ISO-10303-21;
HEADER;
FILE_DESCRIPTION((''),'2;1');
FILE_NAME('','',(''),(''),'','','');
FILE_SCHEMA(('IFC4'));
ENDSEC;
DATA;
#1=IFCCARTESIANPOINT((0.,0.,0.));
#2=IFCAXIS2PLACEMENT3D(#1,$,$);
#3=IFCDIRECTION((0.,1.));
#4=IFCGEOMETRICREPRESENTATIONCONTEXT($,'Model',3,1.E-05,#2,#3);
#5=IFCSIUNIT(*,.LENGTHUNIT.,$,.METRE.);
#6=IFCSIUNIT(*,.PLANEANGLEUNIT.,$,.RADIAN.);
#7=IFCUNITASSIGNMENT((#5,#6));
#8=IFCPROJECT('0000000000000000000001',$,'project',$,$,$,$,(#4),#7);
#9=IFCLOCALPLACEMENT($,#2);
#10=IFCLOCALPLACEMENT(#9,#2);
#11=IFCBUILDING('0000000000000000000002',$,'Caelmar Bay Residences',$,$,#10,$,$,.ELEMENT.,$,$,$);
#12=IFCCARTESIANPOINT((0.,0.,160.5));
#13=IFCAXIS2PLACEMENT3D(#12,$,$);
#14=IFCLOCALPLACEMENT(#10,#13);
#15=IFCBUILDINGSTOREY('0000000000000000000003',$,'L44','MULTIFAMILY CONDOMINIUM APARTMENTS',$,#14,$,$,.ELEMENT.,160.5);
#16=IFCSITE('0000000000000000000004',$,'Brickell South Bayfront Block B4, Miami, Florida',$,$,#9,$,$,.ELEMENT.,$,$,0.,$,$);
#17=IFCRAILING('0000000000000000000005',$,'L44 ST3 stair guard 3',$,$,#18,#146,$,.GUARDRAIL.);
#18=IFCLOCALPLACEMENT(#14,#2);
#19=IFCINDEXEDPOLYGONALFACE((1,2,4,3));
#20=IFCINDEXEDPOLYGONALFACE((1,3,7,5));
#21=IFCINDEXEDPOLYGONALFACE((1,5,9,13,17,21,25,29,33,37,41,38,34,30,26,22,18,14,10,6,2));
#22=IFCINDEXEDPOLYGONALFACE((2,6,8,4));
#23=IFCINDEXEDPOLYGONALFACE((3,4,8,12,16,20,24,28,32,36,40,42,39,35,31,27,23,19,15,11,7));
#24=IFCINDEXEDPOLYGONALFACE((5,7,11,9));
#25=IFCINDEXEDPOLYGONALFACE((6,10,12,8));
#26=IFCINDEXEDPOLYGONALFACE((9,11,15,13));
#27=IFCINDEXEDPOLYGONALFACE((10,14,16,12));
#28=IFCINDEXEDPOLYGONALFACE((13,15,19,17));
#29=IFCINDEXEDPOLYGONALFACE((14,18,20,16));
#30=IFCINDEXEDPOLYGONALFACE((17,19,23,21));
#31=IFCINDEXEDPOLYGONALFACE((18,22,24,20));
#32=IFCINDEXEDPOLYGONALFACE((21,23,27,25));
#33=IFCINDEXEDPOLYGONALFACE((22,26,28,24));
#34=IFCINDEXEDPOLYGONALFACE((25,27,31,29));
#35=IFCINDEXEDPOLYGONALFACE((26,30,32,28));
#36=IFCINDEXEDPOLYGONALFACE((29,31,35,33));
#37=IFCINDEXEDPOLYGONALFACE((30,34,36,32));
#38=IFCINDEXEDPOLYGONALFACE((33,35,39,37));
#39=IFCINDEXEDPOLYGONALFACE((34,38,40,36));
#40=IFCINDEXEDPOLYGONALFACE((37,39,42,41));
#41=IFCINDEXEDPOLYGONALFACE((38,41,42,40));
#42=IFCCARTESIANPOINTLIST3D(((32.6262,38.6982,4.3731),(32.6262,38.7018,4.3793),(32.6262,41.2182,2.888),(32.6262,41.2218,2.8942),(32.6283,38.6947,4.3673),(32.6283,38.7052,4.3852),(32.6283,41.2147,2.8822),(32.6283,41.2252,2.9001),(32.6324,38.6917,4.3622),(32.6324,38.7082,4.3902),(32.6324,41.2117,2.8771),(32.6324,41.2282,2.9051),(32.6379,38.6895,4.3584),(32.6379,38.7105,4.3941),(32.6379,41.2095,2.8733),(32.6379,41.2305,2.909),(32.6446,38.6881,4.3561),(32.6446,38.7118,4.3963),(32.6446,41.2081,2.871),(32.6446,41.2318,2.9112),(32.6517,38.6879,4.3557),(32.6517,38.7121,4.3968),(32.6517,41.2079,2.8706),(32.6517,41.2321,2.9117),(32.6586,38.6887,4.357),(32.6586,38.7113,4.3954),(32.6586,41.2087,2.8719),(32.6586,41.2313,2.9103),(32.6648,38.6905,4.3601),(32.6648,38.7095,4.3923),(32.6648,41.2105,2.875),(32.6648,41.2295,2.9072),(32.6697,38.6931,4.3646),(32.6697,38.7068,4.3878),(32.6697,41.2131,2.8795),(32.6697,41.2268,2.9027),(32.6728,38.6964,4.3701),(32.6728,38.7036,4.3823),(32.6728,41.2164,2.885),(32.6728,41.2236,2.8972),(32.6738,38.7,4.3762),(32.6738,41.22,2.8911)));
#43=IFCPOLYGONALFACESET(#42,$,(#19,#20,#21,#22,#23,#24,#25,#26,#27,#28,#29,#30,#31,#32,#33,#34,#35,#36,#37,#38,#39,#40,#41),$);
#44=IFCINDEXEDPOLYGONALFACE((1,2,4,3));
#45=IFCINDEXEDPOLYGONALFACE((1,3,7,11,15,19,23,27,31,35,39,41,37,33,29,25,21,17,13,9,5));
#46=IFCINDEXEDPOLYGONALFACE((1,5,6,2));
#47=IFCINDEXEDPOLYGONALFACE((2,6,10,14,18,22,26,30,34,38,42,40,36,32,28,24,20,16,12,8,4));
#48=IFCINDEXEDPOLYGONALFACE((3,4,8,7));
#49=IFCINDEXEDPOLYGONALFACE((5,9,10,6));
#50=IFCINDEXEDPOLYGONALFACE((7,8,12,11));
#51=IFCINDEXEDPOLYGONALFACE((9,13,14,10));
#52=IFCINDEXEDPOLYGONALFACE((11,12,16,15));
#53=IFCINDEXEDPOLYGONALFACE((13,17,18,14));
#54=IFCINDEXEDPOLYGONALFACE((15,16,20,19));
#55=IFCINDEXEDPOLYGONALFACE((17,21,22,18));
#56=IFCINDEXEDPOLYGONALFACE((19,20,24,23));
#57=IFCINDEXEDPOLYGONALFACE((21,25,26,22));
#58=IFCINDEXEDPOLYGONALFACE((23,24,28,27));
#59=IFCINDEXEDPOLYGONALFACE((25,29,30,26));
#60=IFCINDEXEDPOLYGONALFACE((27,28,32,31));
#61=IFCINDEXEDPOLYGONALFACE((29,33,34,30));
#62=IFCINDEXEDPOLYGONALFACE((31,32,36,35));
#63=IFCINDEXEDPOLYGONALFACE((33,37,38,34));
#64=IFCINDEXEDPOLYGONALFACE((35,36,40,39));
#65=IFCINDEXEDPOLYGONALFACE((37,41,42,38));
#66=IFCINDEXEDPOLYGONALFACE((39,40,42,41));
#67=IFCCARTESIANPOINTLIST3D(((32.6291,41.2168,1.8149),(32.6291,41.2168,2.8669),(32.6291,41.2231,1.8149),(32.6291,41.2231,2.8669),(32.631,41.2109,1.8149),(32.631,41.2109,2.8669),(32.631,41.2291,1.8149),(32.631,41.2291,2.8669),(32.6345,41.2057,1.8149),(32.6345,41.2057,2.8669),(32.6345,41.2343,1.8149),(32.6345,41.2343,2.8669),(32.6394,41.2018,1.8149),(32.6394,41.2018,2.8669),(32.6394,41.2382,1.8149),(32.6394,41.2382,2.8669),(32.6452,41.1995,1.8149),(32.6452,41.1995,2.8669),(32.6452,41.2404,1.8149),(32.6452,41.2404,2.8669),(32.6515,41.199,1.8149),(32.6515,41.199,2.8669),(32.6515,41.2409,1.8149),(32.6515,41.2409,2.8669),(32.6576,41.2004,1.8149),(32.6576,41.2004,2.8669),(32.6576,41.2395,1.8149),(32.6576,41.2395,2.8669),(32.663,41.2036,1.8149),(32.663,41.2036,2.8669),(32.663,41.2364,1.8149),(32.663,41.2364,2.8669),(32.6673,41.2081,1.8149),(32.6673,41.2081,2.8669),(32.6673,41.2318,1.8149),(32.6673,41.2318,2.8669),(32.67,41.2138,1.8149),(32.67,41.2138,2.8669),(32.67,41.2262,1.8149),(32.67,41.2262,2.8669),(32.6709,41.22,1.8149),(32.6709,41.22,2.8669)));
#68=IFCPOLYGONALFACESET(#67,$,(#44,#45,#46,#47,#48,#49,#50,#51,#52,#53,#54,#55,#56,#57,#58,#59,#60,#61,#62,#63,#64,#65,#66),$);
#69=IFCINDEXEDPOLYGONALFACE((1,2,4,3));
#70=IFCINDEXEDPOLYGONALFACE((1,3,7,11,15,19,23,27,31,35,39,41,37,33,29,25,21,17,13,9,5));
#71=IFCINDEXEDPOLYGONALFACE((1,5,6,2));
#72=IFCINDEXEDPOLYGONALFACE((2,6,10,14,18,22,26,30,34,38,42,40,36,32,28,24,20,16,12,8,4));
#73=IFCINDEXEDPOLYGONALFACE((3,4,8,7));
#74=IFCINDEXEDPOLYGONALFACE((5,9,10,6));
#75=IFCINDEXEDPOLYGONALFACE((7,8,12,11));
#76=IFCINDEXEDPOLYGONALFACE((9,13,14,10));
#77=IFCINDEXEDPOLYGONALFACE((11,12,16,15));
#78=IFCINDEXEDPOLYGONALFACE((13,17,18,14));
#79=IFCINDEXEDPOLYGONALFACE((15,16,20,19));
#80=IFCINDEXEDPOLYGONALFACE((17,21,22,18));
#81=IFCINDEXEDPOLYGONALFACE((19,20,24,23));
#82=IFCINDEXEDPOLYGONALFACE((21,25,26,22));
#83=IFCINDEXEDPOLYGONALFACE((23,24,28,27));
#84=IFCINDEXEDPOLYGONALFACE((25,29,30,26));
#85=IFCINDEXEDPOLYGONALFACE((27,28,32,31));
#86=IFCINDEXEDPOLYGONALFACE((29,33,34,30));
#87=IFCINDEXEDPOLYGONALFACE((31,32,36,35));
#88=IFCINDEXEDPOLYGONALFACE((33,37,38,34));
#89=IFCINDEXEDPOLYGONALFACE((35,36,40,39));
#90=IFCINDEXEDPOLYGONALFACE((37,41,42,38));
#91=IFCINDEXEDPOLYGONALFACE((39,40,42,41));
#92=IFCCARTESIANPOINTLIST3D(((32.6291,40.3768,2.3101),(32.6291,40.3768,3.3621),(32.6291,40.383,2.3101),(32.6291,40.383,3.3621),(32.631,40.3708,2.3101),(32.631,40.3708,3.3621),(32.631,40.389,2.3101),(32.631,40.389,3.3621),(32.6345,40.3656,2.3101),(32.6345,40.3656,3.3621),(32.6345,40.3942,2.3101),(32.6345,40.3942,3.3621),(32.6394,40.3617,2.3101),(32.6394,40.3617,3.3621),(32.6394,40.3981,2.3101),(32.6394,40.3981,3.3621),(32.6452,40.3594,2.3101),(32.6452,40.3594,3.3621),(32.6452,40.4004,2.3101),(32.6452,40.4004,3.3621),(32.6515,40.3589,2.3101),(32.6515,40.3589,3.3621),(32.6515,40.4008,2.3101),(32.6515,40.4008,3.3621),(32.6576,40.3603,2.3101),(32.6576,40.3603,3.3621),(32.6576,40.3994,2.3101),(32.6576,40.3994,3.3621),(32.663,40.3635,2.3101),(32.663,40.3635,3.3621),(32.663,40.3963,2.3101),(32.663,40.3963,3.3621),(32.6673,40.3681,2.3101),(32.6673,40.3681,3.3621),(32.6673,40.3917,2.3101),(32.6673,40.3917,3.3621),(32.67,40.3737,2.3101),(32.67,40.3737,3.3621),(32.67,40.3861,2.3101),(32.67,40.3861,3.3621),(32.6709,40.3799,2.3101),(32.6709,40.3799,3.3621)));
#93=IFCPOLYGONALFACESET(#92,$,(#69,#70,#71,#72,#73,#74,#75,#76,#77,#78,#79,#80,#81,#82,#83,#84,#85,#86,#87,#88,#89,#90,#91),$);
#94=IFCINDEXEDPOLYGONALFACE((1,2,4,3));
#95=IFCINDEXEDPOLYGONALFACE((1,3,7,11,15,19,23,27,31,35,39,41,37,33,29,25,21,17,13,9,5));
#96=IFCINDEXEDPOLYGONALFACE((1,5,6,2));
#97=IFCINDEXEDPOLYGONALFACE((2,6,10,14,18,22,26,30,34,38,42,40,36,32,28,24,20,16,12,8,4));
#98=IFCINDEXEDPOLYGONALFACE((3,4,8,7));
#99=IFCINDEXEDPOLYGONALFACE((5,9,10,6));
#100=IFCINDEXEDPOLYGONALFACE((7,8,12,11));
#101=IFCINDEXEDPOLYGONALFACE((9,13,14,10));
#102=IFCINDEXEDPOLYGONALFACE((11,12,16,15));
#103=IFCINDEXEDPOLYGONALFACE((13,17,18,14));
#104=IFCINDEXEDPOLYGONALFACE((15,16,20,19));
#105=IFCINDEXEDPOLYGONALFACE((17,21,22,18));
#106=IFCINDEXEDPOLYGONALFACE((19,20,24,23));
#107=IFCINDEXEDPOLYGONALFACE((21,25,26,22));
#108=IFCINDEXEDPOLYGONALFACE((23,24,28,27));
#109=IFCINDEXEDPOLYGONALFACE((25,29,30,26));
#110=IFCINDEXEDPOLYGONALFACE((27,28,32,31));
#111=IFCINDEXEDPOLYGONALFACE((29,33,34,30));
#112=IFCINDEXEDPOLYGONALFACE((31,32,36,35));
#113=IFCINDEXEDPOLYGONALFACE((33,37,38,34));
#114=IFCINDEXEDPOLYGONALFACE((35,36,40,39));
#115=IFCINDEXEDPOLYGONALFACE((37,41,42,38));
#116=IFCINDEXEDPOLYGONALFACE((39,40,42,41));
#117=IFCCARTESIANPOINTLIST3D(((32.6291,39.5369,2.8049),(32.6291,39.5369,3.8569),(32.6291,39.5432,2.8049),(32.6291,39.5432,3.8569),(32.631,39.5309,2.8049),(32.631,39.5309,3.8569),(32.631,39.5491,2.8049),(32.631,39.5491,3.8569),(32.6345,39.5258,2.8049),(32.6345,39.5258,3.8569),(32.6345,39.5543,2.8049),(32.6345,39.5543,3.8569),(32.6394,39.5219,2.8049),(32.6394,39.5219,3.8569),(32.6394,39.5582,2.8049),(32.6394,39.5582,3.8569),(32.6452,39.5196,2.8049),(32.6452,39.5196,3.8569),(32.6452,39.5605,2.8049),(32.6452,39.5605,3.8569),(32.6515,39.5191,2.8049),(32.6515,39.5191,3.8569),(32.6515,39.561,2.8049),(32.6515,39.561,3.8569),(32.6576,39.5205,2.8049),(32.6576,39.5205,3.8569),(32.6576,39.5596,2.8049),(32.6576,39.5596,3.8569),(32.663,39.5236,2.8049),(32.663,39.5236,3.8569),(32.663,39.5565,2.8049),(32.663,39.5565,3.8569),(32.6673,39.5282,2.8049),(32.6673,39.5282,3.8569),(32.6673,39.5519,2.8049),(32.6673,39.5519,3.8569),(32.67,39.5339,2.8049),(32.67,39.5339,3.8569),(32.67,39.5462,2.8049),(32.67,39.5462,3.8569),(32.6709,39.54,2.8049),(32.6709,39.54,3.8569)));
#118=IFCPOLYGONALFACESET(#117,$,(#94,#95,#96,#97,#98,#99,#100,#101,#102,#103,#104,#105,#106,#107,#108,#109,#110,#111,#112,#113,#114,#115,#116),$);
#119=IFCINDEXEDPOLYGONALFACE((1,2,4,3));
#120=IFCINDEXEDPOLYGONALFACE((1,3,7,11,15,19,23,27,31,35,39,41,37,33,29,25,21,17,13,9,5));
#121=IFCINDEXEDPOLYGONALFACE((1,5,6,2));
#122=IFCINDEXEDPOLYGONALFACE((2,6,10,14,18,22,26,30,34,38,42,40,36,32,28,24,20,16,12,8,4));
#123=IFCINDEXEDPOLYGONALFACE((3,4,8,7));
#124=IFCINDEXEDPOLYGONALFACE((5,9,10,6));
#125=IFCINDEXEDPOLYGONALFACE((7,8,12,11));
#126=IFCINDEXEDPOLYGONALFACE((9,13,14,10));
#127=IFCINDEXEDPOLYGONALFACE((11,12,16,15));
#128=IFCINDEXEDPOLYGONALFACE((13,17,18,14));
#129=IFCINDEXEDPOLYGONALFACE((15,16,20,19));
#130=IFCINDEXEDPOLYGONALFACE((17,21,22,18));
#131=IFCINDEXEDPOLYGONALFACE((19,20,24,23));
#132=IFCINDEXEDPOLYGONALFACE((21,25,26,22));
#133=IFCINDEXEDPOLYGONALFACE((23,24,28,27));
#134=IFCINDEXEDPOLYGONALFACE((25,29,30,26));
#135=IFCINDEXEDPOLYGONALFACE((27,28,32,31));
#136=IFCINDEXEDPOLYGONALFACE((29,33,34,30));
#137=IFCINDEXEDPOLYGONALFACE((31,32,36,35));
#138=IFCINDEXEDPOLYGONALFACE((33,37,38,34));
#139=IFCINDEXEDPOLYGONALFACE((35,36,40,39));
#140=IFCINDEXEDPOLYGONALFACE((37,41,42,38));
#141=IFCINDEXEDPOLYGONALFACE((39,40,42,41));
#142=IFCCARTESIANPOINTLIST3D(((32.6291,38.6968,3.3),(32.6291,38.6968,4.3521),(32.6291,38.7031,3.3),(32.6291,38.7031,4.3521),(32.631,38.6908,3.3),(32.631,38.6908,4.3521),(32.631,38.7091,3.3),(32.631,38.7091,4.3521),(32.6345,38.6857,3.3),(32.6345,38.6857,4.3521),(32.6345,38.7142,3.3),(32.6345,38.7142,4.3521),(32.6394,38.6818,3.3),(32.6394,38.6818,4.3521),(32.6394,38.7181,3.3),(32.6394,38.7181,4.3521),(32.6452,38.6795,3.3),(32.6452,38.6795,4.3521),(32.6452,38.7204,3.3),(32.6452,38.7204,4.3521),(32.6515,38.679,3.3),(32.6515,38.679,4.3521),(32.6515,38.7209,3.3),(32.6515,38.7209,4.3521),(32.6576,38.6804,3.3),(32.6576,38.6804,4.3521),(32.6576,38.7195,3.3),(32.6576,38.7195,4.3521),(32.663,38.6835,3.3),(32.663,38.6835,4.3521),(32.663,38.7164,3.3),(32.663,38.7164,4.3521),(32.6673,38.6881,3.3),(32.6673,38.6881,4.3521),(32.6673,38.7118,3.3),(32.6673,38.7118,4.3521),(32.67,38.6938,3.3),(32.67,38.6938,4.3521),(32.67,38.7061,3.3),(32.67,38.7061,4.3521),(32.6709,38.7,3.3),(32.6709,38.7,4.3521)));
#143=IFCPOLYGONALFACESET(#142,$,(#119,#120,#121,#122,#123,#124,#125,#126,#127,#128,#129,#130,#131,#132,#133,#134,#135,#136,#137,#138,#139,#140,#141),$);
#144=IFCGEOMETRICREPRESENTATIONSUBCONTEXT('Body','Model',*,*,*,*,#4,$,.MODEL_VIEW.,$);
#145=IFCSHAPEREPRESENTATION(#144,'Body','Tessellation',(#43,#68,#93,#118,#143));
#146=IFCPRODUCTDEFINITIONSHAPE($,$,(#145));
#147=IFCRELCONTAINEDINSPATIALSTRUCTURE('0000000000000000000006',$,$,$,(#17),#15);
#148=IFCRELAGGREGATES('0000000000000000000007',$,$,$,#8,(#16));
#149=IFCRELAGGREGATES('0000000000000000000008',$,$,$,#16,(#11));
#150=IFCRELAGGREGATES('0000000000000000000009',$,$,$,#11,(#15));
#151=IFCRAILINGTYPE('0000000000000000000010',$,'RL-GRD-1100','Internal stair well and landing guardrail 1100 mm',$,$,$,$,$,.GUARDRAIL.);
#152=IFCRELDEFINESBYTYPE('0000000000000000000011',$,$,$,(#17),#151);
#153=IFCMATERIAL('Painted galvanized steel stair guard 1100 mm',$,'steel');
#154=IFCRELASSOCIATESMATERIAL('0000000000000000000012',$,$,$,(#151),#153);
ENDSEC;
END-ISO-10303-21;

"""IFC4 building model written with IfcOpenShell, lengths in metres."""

from ifc_helpers import new_model, si_unit, direction, frame, origin, origin_2d, place, context, subcontext, project, spatial, circle, extrude, material, type_object, element, save


model = new_model("IFC4")

# Units and contexts
model_context = context("Model", 3, precision=1e-05, world=origin(), true_north=direction((0.0, 1.0)))
body_context = subcontext(model_context, "Body", "Model", "MODEL_VIEW")
ifc_project = project(units=[si_unit("LENGTHUNIT", "METRE"), si_unit("PLANEANGLEUNIT", "RADIAN")], contexts=[model_context])

# Site, building, storey
site_placement = place(None, origin())
site = spatial("IfcSite", under=ifc_project, at=site_placement, Name="Brickell South Bayfront Block B4, Miami, Florida", CompositionType="ELEMENT", RefElevation=0.0)
building_placement = place(site_placement, origin())
building = spatial("IfcBuilding", under=site, at=building_placement, Name="Caelmar Bay Residences", CompositionType="ELEMENT")
storey_placement = place(building_placement, frame((0.0, 0.0, 160.5)))
storey = spatial("IfcBuildingStorey", under=building, at=storey_placement, Name="L44", Description="MULTIFAMILY CONDOMINIUM APARTMENTS", CompositionType="ELEMENT", Elevation=160.5)

# Railing
ifc_material_1 = material(Name="Painted galvanized steel stair guard 1100 mm", Category="steel")
railing_type_1 = type_object("IfcRailingType", Name="RL-GRD-1100", Description="Internal stair well and landing guardrail 1100 mm", PredefinedType="GUARDRAIL", material=ifc_material_1)
railing_1_placement = place(storey_placement, frame((32.6499, 41.22, 1.8149)))
element("IfcRailing", 1, at=railing_1_placement, inside=storey, type_object=railing_type_1, Name="L44 ST3 stair guard 3", PredefinedType="GUARDRAIL", context=body_context, shape_type="SweptSolid", body=[
    extrude(circle(Radius=0.0239, at=origin_2d()), frame((0.0, 0.0, 1.0762), z_axis=(0.0, -0.861524, 0.507717), x_axis=(1.0, 0.0, 0.0)), (0.0, 0.0, 1.0), 2.925),
    extrude(circle(Radius=0.021, at=origin_2d()), origin(), (0.0, 0.0, 1.0), 1.052),
    extrude(circle(Radius=0.021, at=origin_2d()), frame((0.0, -0.8401, 0.4951)), (0.0, 0.0, 1.0), 1.052),
    extrude(circle(Radius=0.021, at=origin_2d()), frame((0.0, -1.6799, 0.99)), (0.0, 0.0, 1.0), 1.052),
    extrude(circle(Radius=0.021, at=origin_2d()), frame((0.0, -2.52, 1.4851)), (0.0, 0.0, 1.0), 1.052),
])

save(model, "model.ifc")
